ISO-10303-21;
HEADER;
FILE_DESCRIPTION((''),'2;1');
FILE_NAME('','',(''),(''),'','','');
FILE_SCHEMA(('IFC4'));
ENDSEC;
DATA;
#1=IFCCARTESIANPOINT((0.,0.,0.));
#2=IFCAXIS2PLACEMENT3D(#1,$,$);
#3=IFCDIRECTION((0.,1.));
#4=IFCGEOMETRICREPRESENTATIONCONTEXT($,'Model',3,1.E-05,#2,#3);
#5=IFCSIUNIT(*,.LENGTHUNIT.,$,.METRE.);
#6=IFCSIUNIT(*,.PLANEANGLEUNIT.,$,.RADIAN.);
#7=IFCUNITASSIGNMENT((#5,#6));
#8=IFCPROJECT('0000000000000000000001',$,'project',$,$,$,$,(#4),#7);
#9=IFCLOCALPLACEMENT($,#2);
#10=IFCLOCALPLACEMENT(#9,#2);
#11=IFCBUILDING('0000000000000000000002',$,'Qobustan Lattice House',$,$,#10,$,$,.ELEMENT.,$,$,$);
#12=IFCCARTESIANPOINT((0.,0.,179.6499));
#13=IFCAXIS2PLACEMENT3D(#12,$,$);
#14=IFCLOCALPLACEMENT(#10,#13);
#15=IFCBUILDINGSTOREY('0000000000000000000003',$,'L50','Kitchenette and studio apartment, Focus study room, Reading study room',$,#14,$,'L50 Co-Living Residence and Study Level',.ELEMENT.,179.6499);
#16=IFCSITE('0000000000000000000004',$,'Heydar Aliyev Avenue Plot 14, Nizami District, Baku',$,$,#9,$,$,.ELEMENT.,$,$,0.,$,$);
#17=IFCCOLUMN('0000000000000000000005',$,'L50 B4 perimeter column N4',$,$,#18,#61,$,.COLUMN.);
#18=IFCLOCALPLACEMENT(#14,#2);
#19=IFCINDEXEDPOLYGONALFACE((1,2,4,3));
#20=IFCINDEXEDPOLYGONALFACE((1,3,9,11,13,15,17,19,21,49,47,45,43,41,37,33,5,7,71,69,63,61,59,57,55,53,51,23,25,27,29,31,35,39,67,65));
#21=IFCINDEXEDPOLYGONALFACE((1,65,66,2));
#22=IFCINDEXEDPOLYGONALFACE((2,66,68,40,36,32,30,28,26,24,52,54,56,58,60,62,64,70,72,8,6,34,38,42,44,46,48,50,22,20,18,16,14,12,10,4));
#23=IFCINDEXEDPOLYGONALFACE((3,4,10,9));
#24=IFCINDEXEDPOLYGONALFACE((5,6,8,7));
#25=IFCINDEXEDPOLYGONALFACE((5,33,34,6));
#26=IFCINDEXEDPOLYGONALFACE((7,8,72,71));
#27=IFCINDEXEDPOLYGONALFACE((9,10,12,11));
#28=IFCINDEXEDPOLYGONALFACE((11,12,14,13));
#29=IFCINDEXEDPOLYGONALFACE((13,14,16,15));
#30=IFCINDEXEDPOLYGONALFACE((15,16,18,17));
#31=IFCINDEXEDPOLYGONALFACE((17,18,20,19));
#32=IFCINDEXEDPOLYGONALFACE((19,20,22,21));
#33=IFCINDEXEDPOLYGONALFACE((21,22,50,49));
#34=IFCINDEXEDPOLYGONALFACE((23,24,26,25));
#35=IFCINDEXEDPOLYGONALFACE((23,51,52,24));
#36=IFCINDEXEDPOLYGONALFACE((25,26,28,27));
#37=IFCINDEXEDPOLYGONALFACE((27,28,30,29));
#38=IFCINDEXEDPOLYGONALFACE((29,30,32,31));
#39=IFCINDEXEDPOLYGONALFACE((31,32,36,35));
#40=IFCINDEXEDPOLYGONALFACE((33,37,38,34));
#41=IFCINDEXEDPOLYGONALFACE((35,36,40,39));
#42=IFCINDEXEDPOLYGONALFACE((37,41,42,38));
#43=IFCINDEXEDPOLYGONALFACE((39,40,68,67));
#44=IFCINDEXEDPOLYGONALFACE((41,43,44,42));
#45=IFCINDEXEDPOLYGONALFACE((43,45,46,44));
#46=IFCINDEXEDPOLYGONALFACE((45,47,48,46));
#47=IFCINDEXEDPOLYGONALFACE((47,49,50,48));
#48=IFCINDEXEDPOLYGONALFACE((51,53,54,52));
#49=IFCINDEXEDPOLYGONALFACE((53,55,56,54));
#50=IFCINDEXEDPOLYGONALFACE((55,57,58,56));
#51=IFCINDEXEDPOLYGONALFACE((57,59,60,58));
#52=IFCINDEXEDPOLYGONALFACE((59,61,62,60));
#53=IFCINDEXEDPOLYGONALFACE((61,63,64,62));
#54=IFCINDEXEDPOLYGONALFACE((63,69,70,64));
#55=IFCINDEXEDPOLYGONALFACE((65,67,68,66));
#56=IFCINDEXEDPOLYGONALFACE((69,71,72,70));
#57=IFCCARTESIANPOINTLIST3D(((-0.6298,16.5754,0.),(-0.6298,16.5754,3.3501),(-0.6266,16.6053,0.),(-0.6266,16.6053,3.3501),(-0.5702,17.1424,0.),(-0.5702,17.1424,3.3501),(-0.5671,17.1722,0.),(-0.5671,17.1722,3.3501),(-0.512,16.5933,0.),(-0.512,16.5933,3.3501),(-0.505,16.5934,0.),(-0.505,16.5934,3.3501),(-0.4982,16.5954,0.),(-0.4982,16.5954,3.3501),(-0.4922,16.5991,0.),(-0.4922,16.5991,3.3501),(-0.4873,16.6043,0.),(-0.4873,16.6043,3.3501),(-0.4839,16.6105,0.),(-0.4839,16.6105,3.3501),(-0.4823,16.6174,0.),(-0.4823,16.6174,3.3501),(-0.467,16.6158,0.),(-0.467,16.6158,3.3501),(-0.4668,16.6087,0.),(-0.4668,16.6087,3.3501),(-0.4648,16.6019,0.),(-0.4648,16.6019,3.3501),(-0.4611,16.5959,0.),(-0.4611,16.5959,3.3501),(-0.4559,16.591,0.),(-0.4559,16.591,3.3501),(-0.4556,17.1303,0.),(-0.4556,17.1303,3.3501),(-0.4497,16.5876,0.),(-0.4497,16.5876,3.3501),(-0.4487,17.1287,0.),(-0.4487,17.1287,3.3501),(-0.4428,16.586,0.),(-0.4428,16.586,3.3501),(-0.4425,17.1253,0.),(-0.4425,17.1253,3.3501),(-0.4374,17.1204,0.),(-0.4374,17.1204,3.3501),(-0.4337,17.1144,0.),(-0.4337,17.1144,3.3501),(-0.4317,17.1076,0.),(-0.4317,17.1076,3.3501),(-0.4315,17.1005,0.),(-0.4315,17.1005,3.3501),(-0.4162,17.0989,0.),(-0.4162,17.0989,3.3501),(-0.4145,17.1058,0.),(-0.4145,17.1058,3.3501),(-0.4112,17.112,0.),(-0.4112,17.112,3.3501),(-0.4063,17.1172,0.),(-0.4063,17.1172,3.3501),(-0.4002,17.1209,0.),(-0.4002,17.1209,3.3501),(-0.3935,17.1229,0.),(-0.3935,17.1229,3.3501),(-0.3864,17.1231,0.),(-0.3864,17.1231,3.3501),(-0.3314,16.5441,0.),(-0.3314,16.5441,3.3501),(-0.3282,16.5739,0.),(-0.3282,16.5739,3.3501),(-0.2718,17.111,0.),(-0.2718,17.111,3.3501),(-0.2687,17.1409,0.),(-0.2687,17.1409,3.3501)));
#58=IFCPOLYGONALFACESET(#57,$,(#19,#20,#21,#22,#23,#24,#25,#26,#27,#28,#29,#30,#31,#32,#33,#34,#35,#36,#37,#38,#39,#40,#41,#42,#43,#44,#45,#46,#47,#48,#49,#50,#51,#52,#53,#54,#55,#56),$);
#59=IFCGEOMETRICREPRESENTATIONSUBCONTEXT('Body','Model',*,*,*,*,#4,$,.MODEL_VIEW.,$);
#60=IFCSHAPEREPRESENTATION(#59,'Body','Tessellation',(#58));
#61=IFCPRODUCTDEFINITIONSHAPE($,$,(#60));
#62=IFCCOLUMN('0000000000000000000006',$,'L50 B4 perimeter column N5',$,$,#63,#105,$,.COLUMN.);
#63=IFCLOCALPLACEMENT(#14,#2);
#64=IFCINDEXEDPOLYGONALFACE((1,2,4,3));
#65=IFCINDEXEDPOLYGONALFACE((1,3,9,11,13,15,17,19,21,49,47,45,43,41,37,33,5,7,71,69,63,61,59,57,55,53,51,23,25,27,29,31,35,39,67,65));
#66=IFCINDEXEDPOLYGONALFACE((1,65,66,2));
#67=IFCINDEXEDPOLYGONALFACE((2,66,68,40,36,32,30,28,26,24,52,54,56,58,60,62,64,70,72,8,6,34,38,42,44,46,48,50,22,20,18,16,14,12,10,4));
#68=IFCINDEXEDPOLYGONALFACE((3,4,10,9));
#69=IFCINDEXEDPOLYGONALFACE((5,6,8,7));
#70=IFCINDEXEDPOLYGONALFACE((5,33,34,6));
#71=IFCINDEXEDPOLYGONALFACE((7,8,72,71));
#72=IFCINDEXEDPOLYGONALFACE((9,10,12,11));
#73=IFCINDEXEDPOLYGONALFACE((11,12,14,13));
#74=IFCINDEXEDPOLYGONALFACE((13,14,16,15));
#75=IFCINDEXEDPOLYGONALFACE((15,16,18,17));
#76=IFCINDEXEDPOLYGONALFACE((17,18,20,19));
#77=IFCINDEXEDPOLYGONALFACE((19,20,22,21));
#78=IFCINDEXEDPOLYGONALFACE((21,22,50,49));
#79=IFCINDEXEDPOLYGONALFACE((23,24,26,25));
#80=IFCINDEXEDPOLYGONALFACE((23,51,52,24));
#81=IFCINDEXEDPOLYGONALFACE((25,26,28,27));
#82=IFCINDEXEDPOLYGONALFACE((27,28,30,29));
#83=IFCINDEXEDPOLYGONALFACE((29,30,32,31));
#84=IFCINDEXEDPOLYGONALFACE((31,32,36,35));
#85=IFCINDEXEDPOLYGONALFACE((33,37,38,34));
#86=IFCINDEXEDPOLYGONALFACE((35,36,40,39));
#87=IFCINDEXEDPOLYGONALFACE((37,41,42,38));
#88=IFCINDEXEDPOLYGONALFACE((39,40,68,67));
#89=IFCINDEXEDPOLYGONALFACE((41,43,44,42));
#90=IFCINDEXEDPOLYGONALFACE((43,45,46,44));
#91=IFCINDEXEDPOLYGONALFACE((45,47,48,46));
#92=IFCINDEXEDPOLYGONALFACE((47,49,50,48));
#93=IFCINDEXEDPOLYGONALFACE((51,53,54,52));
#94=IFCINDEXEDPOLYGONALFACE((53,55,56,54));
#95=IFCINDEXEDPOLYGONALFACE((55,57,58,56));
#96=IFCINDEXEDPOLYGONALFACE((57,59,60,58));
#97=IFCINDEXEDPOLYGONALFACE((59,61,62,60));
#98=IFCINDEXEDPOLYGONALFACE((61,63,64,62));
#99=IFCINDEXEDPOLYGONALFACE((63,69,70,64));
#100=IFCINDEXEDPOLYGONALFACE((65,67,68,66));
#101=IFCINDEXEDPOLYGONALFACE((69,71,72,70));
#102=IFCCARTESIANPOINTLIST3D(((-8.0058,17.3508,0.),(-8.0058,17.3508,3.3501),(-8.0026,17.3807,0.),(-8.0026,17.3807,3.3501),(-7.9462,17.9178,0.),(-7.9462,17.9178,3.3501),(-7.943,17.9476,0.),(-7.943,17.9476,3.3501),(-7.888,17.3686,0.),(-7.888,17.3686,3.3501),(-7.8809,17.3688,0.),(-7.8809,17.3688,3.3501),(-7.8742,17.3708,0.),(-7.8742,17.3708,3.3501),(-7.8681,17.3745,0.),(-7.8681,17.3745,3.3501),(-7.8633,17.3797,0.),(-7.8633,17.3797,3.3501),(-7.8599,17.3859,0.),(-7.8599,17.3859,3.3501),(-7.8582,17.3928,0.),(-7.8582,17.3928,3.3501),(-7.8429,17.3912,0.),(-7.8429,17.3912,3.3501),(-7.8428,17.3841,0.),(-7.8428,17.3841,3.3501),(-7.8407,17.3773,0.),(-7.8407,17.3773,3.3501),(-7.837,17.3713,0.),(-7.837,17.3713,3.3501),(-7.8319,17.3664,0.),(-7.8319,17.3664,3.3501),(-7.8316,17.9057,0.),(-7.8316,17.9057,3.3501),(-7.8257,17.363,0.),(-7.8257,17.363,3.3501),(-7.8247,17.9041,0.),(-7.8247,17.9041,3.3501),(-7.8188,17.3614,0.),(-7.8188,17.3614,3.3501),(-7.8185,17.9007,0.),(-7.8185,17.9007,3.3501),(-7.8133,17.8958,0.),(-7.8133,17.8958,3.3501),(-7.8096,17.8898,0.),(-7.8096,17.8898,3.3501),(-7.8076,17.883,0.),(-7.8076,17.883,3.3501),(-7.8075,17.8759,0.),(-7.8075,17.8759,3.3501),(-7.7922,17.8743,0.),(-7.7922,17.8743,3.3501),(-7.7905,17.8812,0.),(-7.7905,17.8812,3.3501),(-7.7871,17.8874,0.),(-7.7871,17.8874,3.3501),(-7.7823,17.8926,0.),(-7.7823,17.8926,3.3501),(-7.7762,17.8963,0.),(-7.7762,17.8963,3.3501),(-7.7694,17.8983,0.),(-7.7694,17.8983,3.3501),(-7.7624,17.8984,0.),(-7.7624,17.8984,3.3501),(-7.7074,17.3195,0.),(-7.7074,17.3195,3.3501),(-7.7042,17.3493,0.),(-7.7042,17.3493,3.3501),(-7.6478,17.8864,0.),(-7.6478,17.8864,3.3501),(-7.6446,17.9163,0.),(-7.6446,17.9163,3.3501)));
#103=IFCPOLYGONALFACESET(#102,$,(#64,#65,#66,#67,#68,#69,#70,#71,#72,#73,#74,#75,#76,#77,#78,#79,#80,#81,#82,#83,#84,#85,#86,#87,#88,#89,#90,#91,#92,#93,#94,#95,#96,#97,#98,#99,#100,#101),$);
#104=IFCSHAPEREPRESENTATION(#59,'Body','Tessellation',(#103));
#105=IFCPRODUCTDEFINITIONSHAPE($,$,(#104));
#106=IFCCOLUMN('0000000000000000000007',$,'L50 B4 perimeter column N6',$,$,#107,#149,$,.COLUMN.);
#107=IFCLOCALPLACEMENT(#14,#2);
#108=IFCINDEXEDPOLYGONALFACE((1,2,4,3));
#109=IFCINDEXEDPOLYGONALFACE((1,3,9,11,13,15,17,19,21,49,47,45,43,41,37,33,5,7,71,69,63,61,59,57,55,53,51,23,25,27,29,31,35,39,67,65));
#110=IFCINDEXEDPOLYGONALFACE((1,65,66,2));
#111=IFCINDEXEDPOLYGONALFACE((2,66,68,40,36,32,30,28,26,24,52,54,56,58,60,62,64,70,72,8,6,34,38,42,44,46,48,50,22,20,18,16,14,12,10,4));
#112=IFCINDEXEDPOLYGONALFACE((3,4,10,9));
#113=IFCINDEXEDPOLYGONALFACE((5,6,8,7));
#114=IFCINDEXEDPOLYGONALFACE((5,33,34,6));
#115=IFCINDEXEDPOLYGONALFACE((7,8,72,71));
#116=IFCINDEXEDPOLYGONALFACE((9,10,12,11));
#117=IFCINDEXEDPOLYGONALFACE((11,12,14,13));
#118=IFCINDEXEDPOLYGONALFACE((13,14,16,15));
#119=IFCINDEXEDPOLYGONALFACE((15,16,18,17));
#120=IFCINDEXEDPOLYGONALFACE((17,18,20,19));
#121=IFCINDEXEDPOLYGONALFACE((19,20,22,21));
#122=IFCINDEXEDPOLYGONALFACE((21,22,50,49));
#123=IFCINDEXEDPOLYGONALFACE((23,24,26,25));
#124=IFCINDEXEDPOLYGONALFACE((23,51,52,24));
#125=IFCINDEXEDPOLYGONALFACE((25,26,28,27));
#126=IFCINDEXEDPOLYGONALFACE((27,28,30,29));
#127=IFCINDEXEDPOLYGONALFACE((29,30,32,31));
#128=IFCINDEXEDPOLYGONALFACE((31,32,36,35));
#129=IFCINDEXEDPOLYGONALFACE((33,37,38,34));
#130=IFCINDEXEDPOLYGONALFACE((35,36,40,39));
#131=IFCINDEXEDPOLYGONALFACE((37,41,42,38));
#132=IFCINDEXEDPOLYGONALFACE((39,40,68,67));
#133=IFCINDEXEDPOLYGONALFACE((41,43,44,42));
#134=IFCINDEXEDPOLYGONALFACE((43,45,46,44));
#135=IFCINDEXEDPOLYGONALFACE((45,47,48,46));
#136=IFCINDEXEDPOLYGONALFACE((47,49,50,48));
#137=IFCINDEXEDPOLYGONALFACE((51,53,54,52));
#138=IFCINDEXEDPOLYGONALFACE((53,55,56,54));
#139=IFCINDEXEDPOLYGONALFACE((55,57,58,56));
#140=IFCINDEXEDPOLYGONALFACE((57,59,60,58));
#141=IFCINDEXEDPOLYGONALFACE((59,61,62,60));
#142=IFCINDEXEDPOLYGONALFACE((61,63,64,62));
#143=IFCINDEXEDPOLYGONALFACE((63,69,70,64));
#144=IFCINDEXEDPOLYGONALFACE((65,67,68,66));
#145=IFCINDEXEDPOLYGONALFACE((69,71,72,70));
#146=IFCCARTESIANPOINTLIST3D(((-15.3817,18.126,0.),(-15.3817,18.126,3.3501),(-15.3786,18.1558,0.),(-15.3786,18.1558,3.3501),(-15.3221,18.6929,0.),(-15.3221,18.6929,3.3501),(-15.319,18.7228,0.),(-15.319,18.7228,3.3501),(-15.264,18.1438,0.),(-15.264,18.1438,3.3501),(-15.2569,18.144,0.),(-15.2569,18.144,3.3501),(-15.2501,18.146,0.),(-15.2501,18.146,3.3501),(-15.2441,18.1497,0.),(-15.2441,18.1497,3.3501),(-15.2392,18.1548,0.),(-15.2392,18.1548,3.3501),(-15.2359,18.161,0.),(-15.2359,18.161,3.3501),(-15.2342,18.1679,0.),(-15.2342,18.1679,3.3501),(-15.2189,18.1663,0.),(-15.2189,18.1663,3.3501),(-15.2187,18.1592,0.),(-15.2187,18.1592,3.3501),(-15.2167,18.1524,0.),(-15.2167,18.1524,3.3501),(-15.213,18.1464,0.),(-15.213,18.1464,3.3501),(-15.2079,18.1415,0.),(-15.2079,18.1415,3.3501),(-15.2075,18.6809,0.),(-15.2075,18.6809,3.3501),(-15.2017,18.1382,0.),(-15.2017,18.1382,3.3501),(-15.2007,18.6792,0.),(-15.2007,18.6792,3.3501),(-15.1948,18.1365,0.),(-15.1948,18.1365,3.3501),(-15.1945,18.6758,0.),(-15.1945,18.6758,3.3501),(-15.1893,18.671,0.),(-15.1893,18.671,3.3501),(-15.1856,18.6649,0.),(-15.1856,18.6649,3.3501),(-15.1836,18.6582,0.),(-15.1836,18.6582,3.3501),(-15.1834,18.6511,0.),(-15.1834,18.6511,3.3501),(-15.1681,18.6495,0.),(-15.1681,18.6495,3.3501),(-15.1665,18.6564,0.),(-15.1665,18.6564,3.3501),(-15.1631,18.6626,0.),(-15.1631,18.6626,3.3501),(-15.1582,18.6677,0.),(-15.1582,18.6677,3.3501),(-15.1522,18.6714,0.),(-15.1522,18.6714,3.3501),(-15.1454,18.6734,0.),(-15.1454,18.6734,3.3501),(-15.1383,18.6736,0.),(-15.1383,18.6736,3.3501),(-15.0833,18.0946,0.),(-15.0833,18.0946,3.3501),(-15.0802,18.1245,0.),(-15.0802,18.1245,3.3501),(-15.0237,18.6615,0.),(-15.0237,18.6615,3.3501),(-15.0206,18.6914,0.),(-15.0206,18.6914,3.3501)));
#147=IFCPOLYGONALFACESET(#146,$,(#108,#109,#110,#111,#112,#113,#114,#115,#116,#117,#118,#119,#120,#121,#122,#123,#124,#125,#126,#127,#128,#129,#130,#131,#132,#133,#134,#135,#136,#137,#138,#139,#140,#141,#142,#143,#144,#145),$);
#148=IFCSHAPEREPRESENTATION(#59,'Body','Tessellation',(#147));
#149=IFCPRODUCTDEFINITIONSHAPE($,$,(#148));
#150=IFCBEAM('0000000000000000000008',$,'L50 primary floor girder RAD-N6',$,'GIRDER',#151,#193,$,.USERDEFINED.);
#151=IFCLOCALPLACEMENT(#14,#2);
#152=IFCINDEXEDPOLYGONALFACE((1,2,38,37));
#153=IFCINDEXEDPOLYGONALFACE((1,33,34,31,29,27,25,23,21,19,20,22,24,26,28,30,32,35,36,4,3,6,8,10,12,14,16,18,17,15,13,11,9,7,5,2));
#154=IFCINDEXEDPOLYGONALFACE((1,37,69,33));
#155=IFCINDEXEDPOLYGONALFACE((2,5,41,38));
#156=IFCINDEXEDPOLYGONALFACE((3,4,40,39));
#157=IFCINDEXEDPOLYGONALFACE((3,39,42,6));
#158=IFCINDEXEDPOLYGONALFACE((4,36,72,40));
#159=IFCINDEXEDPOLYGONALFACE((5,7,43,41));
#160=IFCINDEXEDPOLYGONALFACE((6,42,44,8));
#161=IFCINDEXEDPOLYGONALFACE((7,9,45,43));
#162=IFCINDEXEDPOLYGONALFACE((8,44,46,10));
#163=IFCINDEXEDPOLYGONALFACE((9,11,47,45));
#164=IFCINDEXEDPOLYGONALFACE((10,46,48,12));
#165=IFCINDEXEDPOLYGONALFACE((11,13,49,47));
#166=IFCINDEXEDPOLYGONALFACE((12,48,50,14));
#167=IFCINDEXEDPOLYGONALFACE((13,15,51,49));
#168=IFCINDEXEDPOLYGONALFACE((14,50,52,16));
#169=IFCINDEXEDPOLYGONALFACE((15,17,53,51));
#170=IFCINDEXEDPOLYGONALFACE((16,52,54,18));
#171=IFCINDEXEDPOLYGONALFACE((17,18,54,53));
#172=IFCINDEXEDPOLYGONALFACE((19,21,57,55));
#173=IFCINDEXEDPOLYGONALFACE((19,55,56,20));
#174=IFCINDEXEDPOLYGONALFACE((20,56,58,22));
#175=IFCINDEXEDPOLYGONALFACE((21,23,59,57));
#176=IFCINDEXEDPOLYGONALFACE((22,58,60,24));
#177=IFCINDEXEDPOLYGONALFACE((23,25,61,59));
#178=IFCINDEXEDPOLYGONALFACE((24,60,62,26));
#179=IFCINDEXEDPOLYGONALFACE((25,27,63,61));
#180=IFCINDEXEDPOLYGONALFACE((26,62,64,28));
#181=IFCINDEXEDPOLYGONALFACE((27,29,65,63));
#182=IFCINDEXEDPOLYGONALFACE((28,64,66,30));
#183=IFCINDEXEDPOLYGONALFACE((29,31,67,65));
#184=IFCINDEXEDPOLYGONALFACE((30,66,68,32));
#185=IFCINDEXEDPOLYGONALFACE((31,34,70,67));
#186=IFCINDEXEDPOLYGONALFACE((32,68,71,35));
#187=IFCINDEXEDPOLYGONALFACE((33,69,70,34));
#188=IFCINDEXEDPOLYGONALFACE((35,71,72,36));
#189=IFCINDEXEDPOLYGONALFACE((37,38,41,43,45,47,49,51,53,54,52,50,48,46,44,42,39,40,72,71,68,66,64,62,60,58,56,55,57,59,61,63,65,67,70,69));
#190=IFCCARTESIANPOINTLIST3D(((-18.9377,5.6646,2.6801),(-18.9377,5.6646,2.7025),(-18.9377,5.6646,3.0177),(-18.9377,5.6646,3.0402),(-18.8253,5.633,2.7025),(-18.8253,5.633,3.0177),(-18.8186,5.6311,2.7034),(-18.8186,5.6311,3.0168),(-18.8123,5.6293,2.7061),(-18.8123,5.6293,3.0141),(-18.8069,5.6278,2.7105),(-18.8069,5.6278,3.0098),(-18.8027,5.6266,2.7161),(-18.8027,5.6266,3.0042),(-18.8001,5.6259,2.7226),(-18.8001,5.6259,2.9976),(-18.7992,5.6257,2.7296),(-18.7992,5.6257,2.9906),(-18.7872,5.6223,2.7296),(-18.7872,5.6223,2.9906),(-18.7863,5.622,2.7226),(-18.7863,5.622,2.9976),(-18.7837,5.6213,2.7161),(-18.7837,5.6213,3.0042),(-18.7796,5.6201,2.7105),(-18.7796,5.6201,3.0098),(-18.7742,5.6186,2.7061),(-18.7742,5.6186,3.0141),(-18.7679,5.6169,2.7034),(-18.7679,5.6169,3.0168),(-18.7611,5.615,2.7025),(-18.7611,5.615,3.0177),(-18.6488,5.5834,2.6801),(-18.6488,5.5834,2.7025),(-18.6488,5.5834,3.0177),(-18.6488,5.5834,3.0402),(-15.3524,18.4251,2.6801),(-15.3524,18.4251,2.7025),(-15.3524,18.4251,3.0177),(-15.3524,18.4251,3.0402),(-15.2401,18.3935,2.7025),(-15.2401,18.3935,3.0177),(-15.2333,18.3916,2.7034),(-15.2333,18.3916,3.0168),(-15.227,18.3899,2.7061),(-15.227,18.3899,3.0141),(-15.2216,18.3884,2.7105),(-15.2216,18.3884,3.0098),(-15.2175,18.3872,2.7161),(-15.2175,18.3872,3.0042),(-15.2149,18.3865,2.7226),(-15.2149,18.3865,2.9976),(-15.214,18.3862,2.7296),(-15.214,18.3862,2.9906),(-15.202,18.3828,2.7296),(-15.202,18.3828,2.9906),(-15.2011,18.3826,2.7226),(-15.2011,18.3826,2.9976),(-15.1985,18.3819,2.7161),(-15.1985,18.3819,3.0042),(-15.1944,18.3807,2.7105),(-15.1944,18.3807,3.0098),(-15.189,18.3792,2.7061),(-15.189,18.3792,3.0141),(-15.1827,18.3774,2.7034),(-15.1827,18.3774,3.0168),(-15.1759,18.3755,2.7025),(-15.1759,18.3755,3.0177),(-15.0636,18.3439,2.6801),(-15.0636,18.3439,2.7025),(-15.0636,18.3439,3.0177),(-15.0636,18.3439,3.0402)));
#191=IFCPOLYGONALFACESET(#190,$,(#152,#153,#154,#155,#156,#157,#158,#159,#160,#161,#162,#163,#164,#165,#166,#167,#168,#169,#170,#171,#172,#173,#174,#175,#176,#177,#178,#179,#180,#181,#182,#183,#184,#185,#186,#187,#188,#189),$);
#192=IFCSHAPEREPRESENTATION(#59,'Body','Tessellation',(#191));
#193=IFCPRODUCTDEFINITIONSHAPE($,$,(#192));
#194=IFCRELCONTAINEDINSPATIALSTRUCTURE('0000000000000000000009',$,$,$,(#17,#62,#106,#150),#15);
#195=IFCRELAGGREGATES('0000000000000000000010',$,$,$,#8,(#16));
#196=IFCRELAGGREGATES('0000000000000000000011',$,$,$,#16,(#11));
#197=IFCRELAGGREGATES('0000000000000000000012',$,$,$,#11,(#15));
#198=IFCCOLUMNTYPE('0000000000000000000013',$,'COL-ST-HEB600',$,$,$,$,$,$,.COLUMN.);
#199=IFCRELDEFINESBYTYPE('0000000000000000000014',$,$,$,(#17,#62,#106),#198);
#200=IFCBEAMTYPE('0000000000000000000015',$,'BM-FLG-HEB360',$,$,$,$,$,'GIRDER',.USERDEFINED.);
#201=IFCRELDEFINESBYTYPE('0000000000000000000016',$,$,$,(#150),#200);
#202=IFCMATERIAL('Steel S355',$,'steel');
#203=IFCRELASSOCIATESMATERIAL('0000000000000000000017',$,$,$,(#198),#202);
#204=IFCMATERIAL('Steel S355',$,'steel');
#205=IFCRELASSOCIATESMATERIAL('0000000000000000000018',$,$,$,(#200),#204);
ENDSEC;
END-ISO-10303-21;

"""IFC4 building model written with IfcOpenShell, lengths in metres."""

from ifc_helpers import new_model, si_unit, direction, frame, origin, origin_2d, place, context, subcontext, project, spatial, i_section, extrude, material, material_profile, profile_set, type_object, element, save


model = new_model("IFC4")

# Units and contexts
model_context = context("Model", 3, precision=1e-05, world=origin(), true_north=direction((0.0, 1.0)))
body_context = subcontext(model_context, "Body", "Model", "MODEL_VIEW")
ifc_project = project(units=[si_unit("LENGTHUNIT", "METRE"), si_unit("PLANEANGLEUNIT", "RADIAN")], contexts=[model_context])

# Site, building, storey
site_placement = place(None, origin())
site = spatial("IfcSite", under=ifc_project, at=site_placement, Name="Heydar Aliyev Avenue Plot 14, Nizami District, Baku", CompositionType="ELEMENT", RefElevation=0.0)
building_placement = place(site_placement, origin())
building = spatial("IfcBuilding", under=site, at=building_placement, Name="Qobustan Lattice House", CompositionType="ELEMENT")
storey_placement = place(building_placement, frame((0.0, 0.0, 179.6499)))
storey = spatial("IfcBuildingStorey", under=building, at=storey_placement, Name="L50", Description="Kitchenette and studio apartment, Focus study room, Reading study room", LongName="L50 Co-Living Residence and Study Level", CompositionType="ELEMENT", Elevation=179.6499)

# Columns
ifc_material_1 = material(Name="Steel S355", Category="steel")
ifc_material_profile_1 = material_profile(ifc_material_1, i_section(OverallWidth=0.3, OverallDepth=0.6001, WebThickness=0.0154, FlangeThickness=0.03, FilletRadius=0.0271, at=origin_2d()), Name="HEB600")
ifc_profile_set_1 = profile_set([ifc_material_profile_1], Name="Steel S355")
column_type = type_object("IfcColumnType", Name="COL-ST-HEB600", PredefinedType="COLUMN", material=ifc_profile_set_1)
for number, where, z_axis, x_axis, name in (
    (1, (-0.4492, 16.8582, 0.0), (0.0, 0.0, 1.0), (0.994522, -0.104528, 0.0), "L50 B4 perimeter column N4"),
    (2, (-7.8252, 17.6335, 0.0), (0.0, 0.0, 1.0), (0.994522, -0.104528, 0.0), "L50 B4 perimeter column N5"),
    (3, (-15.2012, 18.4087, 0.0), (0.0, 0.0, 1.0), (0.994522, -0.104528, 0.0), "L50 B4 perimeter column N6"),
):
    element("IfcColumn", number, at=place(storey_placement, frame(where, z_axis=z_axis, x_axis=x_axis)), inside=storey, type_object=column_type, Name=name, PredefinedType="COLUMN", context=body_context, shape_type="SweptSolid", body=[
        extrude(i_section(OverallWidth=0.3, OverallDepth=0.6001, WebThickness=0.0154, FlangeThickness=0.03, FilletRadius=0.0271, at=origin_2d()), origin(), (0.0, 0.0, 1.0), 3.3501),
    ])

# Beam
ifc_material_2 = material(Name="Steel S355", Category="steel")
ifc_material_profile_2 = material_profile(ifc_material_2, i_section(OverallWidth=0.3, OverallDepth=0.3601, WebThickness=0.0125, FlangeThickness=0.0225, FilletRadius=0.0271, at=origin_2d()), Name="HEB360")
ifc_profile_set_2 = profile_set([ifc_material_profile_2], Name="Steel S355")
beam_type_1 = type_object("IfcBeamType", Name="BM-FLG-HEB360", ElementType="GIRDER", PredefinedType="USERDEFINED", material=ifc_profile_set_2)
beam_1_placement = place(storey_placement, frame((-15.208, 18.3845, 2.8601), z_axis=(-0.270488, -0.962723, 0.0), x_axis=(0.962723, -0.270488, 0.0)))
element("IfcBeam", 4, at=beam_1_placement, inside=storey, type_object=beam_type_1, Name="L50 primary floor girder RAD-N6", ObjectType="GIRDER", PredefinedType="USERDEFINED", context=body_context, shape_type="SweptSolid", body=[
    extrude(i_section(OverallWidth=0.3, OverallDepth=0.3601, WebThickness=0.0125, FlangeThickness=0.0225, FilletRadius=0.0271, at=origin_2d()), origin(), (0.0, 0.0, 1.0), 13.2546),
])

save(model, "model.ifc")
